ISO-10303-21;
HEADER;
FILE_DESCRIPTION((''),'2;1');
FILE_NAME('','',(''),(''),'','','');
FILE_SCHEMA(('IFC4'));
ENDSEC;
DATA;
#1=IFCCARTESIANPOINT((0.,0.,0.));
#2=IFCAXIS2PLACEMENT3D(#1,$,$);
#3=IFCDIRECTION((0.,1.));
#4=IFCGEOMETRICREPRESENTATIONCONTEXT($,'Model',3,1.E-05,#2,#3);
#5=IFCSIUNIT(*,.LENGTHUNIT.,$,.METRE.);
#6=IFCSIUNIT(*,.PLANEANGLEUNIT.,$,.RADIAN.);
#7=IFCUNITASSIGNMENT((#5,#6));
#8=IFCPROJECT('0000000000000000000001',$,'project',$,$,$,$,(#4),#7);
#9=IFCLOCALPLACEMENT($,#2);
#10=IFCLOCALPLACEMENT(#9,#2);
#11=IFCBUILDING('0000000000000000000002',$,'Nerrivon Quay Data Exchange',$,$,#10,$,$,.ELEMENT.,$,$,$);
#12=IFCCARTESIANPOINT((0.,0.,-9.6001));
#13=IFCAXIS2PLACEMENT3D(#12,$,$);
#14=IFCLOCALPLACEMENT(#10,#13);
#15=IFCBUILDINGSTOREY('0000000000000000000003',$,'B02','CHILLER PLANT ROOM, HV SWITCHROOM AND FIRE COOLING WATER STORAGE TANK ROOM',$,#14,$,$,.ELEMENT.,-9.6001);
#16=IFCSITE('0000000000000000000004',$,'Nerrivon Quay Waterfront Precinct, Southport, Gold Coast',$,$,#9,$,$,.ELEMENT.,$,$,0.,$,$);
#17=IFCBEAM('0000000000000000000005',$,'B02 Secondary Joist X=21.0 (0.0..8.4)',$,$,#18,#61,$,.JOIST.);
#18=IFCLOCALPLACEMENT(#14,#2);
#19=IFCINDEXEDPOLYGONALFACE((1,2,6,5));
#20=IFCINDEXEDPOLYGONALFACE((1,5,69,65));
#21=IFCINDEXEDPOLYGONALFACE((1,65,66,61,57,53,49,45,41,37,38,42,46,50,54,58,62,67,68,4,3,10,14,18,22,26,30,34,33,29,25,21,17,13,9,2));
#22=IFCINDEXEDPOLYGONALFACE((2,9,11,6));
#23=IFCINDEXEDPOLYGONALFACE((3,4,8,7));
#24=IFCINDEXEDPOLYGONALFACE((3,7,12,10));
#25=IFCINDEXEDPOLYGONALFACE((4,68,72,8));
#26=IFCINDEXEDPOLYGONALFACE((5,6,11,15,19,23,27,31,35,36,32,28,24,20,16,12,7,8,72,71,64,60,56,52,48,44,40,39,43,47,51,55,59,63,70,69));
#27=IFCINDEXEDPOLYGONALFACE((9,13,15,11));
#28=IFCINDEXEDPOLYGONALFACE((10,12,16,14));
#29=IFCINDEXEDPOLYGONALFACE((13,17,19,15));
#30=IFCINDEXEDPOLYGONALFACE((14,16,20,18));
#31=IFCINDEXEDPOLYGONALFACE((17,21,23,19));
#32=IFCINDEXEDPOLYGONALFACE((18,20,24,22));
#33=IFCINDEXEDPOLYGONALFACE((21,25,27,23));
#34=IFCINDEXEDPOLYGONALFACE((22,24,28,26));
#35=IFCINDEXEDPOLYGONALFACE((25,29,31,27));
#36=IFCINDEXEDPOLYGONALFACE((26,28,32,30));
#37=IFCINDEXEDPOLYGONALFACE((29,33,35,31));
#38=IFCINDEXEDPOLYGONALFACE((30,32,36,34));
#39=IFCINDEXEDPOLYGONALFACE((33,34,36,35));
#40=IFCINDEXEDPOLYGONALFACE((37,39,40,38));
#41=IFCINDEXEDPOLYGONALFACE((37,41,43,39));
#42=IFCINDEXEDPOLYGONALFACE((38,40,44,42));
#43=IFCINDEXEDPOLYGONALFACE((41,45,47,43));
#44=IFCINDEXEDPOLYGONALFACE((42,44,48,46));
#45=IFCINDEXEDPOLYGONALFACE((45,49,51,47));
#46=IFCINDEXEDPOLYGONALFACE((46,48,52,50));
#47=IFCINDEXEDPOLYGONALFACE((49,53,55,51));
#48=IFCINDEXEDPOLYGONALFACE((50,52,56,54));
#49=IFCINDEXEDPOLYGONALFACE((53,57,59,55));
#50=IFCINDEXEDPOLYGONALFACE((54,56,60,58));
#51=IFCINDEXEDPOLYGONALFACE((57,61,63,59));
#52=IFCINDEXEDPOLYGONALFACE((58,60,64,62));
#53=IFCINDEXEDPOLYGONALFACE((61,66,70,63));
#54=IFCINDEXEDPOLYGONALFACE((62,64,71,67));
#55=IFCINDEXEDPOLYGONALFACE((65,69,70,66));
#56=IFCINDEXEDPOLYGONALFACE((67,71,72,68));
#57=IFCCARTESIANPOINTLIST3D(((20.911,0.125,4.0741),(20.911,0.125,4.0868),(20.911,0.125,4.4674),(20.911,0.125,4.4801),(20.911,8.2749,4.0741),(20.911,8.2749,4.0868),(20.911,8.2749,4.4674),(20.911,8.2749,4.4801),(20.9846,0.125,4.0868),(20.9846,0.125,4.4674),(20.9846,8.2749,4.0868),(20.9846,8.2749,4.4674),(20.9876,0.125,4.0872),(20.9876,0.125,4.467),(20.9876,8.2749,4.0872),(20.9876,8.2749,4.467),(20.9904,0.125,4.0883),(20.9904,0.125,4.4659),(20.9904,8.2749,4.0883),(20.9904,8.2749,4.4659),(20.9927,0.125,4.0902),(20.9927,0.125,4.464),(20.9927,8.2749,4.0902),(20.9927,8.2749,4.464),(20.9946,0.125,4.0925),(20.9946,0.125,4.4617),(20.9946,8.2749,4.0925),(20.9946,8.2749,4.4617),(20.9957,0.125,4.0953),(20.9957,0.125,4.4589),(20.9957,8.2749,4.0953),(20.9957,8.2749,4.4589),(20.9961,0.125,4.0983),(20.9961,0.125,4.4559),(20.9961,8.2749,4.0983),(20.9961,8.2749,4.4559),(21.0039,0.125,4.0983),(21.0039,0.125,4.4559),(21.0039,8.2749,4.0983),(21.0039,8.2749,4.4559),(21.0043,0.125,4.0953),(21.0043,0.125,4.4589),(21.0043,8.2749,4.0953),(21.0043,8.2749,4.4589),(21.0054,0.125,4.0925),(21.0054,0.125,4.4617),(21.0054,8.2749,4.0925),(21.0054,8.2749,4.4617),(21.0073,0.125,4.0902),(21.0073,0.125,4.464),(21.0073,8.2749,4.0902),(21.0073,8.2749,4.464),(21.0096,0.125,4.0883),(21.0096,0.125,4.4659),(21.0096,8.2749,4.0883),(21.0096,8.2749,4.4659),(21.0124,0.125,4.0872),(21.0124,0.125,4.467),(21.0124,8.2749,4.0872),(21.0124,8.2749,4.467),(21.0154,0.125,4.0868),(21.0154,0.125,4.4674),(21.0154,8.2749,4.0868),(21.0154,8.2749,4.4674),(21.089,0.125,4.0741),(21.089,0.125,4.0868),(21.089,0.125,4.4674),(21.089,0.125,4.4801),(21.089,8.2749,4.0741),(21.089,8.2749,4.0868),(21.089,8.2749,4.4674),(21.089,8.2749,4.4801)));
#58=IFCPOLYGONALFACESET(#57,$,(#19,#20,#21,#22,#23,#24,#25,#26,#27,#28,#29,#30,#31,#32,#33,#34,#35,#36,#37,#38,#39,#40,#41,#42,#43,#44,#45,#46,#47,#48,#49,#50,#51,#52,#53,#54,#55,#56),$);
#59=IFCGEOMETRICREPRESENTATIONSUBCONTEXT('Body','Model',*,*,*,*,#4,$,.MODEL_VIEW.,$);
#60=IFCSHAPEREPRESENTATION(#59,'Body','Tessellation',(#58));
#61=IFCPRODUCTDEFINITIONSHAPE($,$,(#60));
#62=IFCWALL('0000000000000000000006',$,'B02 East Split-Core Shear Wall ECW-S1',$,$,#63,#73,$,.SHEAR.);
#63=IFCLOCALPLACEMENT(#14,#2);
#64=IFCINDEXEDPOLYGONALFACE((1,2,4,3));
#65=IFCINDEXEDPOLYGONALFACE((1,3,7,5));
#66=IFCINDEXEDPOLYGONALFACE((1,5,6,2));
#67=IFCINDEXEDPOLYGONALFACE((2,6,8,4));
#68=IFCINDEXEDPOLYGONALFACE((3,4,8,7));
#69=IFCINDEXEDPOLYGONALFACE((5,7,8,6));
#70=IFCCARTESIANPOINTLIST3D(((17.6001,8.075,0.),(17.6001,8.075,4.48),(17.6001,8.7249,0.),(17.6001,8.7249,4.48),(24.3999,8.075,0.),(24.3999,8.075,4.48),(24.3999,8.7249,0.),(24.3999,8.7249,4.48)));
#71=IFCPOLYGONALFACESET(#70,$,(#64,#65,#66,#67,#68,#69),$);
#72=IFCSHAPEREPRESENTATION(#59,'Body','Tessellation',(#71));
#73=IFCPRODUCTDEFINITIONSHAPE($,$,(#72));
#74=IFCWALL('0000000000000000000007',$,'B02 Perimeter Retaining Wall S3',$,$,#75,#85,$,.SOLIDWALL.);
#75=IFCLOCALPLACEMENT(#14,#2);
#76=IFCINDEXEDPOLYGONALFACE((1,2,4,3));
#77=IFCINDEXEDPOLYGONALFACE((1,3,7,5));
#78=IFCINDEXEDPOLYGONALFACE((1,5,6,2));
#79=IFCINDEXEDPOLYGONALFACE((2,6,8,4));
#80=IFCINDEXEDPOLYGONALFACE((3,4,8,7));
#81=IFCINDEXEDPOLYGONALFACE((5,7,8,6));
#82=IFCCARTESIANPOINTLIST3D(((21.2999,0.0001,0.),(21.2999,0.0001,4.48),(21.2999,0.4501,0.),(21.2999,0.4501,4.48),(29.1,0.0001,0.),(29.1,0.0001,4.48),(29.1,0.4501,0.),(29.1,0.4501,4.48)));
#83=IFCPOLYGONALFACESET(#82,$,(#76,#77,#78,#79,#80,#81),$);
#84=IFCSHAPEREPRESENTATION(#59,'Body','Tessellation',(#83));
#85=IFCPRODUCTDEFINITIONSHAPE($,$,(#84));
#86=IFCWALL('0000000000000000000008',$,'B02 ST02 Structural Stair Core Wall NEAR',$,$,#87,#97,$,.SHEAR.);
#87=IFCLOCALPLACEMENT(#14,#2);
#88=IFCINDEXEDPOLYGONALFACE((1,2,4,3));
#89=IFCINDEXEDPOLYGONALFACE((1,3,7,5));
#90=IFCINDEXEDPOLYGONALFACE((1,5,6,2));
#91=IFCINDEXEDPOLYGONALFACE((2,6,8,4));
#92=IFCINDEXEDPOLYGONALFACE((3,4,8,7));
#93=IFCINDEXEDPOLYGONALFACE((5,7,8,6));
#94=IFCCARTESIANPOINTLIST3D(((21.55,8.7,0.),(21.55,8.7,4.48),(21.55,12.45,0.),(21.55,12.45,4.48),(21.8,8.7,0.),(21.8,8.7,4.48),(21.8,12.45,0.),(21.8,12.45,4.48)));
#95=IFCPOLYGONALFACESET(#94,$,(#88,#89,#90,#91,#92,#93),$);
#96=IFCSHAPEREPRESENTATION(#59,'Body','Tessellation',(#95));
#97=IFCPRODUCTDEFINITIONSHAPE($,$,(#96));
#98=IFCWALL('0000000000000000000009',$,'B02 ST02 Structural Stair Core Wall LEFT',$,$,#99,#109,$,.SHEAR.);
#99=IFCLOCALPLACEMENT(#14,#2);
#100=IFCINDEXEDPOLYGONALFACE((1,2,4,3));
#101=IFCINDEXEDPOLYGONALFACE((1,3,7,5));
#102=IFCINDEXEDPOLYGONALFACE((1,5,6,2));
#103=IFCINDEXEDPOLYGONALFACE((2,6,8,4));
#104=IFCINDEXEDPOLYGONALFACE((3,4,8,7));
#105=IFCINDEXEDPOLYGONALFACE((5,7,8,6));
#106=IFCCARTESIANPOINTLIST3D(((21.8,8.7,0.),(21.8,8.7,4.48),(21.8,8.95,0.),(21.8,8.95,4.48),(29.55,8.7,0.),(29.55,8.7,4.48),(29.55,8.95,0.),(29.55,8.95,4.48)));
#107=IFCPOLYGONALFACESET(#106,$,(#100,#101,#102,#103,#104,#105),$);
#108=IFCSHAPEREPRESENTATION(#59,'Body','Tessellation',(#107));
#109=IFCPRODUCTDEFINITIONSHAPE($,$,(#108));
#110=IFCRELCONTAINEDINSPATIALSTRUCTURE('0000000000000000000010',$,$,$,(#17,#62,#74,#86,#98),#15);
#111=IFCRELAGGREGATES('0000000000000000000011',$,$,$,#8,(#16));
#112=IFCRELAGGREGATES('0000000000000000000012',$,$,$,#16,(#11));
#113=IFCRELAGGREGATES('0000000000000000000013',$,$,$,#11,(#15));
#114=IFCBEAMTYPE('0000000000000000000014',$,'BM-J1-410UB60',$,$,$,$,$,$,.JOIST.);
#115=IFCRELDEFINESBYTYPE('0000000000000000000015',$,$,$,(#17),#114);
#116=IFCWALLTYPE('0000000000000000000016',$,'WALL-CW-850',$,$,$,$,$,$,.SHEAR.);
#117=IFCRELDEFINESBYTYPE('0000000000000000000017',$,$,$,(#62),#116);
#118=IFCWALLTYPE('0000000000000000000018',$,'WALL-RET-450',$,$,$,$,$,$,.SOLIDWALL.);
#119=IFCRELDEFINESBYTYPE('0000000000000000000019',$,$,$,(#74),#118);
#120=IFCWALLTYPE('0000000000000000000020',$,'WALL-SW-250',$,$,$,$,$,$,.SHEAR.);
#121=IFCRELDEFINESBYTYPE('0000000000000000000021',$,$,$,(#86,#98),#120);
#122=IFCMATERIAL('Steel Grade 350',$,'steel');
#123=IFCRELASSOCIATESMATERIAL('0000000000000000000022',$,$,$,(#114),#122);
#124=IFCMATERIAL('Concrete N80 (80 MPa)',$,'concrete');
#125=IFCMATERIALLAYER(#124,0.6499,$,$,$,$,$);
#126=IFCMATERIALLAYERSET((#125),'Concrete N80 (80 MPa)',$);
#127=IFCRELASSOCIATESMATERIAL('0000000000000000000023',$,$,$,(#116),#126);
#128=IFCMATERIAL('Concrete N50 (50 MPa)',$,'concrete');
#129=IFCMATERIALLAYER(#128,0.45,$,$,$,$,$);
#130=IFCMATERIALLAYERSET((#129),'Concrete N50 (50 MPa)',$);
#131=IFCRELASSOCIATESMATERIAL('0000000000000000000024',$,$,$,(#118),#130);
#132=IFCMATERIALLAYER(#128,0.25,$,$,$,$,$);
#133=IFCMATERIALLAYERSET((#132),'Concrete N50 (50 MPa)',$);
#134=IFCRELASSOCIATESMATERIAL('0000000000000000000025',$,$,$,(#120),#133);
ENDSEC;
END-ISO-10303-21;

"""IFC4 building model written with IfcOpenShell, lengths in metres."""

from ifc_helpers import new_model, si_unit, direction, frame, frame_2d, origin, origin_2d, place, context, subcontext, project, spatial, rectangle, i_section, extrude, material, layer, layer_set, material_profile, profile_set, type_object, element, save


model = new_model("IFC4")

# Units and contexts
model_context = context("Model", 3, precision=1e-05, world=origin(), true_north=direction((0.0, 1.0)))
body_context = subcontext(model_context, "Body", "Model", "MODEL_VIEW")
ifc_project = project(units=[si_unit("LENGTHUNIT", "METRE"), si_unit("PLANEANGLEUNIT", "RADIAN")], contexts=[model_context])

# Site, building, storey
site_placement = place(None, origin())
site = spatial("IfcSite", under=ifc_project, at=site_placement, Name="Nerrivon Quay Waterfront Precinct, Southport, Gold Coast", CompositionType="ELEMENT", RefElevation=0.0)
building_placement = place(site_placement, origin())
building = spatial("IfcBuilding", under=site, at=building_placement, Name="Nerrivon Quay Data Exchange", CompositionType="ELEMENT")
storey_placement = place(building_placement, frame((0.0, 0.0, -9.6001)))
storey = spatial("IfcBuildingStorey", under=building, at=storey_placement, Name="B02", Description="CHILLER PLANT ROOM, HV SWITCHROOM AND FIRE COOLING WATER STORAGE TANK ROOM", CompositionType="ELEMENT", Elevation=-9.6001)

# Shared definitions
ifc_material_1 = material(Name="Concrete N50 (50 MPa)", Category="concrete")

# Shared definitions
ifc_material_2 = material(Name="Concrete N80 (80 MPa)", Category="concrete")

# Beam
ifc_material_3 = material(Name="Steel Grade 350", Category="steel")
ifc_material_profile_1 = material_profile(ifc_material_3, i_section(OverallWidth=0.178, OverallDepth=0.406, WebThickness=0.0078, FlangeThickness=0.0127, FilletRadius=0.0115, at=origin_2d()), Name="410UB59.7")
ifc_profile_set_1 = profile_set([ifc_material_profile_1], Name="Steel Grade 350")
beam_type_1 = type_object("IfcBeamType", Name="BM-J1-410UB60", PredefinedType="JOIST", material=ifc_profile_set_1)
beam_placement = place(storey_placement, frame((21.0, 0.125, 4.2771), z_axis=(0.0, 1.0, 0.0), x_axis=(-1.0, 0.0, 0.0)))
element("IfcBeam", 1, at=beam_placement, inside=storey, type_object=beam_type_1, Name="B02 Secondary Joist X=21.0 (0.0..8.4)", PredefinedType="JOIST", context=body_context, shape_type="SweptSolid", body=[
    extrude(i_section(OverallWidth=0.178, OverallDepth=0.406, WebThickness=0.0078, FlangeThickness=0.0127, FilletRadius=0.0115, at=origin_2d()), origin(), (0.0, 0.0, 1.0), 8.1499),
])

# Walls
ifc_layer_1 = layer(ifc_material_2, 0.6499)
ifc_layer_set_1 = layer_set([ifc_layer_1], Name="Concrete N80 (80 MPa)")
wall_type_1 = type_object("IfcWallType", Name="WALL-CW-850", PredefinedType="SHEAR", material=ifc_layer_set_1)
wall_1_placement = place(storey_placement, frame((17.6001, 8.3999, 0.0), z_axis=(0.0, 0.0, 1.0), x_axis=(1.0, 0.0, 0.0)))
element("IfcWall", 2, at=wall_1_placement, inside=storey, type_object=wall_type_1, Name="B02 East Split-Core Shear Wall ECW-S1", PredefinedType="SHEAR", context=body_context, shape_type="SweptSolid", body=[
    extrude(rectangle(XDim=6.7998, YDim=0.6499, at=frame_2d((3.3999, 0.0))), origin(), (0.0, 0.0, 1.0), 4.48),
])
ifc_layer_2 = layer(ifc_material_1, 0.45)
ifc_layer_set_2 = layer_set([ifc_layer_2], Name="Concrete N50 (50 MPa)")
wall_type_2 = type_object("IfcWallType", Name="WALL-RET-450", PredefinedType="SOLIDWALL", material=ifc_layer_set_2)
wall_2_placement = place(storey_placement, frame((21.3, 0.2251, 0.0), z_axis=(0.0, 0.0, 1.0), x_axis=(1.0, 0.0, 0.0)))
element("IfcWall", 3, at=wall_2_placement, inside=storey, type_object=wall_type_2, Name="B02 Perimeter Retaining Wall S3", PredefinedType="SOLIDWALL", context=body_context, shape_type="SweptSolid", body=[
    extrude(rectangle(XDim=7.8, YDim=0.45, at=frame_2d((3.8999, 0.0))), origin(), (0.0, 0.0, 1.0), 4.48),
])
ifc_layer_3 = layer(ifc_material_1, 0.25)
ifc_layer_set_3 = layer_set([ifc_layer_3], Name="Concrete N50 (50 MPa)")
wall_type_3 = type_object("IfcWallType", Name="WALL-SW-250", PredefinedType="SHEAR", material=ifc_layer_set_3)
wall_3_placement = place(storey_placement, frame((21.675, 8.7, 0.0), z_axis=(0.0, 0.0, 1.0), x_axis=(0.0, 1.0, 0.0)))
element("IfcWall", 4, at=wall_3_placement, inside=storey, type_object=wall_type_3, Name="B02 ST02 Structural Stair Core Wall NEAR", PredefinedType="SHEAR", context=body_context, shape_type="SweptSolid", body=[
    extrude(rectangle(XDim=3.75, YDim=0.25, at=frame_2d((1.875, 0.0))), origin(), (0.0, 0.0, 1.0), 4.48),
])
wall_4_placement = place(storey_placement, frame((21.8, 8.825, 0.0), z_axis=(0.0, 0.0, 1.0), x_axis=(1.0, 0.0, 0.0)))
element("IfcWall", 5, at=wall_4_placement, inside=storey, type_object=wall_type_3, Name="B02 ST02 Structural Stair Core Wall LEFT", PredefinedType="SHEAR", context=body_context, shape_type="SweptSolid", body=[
    extrude(rectangle(XDim=7.75, YDim=0.25, at=frame_2d((3.875, 0.0))), origin(), (0.0, 0.0, 1.0), 4.48),
])

save(model, "model.ifc")
